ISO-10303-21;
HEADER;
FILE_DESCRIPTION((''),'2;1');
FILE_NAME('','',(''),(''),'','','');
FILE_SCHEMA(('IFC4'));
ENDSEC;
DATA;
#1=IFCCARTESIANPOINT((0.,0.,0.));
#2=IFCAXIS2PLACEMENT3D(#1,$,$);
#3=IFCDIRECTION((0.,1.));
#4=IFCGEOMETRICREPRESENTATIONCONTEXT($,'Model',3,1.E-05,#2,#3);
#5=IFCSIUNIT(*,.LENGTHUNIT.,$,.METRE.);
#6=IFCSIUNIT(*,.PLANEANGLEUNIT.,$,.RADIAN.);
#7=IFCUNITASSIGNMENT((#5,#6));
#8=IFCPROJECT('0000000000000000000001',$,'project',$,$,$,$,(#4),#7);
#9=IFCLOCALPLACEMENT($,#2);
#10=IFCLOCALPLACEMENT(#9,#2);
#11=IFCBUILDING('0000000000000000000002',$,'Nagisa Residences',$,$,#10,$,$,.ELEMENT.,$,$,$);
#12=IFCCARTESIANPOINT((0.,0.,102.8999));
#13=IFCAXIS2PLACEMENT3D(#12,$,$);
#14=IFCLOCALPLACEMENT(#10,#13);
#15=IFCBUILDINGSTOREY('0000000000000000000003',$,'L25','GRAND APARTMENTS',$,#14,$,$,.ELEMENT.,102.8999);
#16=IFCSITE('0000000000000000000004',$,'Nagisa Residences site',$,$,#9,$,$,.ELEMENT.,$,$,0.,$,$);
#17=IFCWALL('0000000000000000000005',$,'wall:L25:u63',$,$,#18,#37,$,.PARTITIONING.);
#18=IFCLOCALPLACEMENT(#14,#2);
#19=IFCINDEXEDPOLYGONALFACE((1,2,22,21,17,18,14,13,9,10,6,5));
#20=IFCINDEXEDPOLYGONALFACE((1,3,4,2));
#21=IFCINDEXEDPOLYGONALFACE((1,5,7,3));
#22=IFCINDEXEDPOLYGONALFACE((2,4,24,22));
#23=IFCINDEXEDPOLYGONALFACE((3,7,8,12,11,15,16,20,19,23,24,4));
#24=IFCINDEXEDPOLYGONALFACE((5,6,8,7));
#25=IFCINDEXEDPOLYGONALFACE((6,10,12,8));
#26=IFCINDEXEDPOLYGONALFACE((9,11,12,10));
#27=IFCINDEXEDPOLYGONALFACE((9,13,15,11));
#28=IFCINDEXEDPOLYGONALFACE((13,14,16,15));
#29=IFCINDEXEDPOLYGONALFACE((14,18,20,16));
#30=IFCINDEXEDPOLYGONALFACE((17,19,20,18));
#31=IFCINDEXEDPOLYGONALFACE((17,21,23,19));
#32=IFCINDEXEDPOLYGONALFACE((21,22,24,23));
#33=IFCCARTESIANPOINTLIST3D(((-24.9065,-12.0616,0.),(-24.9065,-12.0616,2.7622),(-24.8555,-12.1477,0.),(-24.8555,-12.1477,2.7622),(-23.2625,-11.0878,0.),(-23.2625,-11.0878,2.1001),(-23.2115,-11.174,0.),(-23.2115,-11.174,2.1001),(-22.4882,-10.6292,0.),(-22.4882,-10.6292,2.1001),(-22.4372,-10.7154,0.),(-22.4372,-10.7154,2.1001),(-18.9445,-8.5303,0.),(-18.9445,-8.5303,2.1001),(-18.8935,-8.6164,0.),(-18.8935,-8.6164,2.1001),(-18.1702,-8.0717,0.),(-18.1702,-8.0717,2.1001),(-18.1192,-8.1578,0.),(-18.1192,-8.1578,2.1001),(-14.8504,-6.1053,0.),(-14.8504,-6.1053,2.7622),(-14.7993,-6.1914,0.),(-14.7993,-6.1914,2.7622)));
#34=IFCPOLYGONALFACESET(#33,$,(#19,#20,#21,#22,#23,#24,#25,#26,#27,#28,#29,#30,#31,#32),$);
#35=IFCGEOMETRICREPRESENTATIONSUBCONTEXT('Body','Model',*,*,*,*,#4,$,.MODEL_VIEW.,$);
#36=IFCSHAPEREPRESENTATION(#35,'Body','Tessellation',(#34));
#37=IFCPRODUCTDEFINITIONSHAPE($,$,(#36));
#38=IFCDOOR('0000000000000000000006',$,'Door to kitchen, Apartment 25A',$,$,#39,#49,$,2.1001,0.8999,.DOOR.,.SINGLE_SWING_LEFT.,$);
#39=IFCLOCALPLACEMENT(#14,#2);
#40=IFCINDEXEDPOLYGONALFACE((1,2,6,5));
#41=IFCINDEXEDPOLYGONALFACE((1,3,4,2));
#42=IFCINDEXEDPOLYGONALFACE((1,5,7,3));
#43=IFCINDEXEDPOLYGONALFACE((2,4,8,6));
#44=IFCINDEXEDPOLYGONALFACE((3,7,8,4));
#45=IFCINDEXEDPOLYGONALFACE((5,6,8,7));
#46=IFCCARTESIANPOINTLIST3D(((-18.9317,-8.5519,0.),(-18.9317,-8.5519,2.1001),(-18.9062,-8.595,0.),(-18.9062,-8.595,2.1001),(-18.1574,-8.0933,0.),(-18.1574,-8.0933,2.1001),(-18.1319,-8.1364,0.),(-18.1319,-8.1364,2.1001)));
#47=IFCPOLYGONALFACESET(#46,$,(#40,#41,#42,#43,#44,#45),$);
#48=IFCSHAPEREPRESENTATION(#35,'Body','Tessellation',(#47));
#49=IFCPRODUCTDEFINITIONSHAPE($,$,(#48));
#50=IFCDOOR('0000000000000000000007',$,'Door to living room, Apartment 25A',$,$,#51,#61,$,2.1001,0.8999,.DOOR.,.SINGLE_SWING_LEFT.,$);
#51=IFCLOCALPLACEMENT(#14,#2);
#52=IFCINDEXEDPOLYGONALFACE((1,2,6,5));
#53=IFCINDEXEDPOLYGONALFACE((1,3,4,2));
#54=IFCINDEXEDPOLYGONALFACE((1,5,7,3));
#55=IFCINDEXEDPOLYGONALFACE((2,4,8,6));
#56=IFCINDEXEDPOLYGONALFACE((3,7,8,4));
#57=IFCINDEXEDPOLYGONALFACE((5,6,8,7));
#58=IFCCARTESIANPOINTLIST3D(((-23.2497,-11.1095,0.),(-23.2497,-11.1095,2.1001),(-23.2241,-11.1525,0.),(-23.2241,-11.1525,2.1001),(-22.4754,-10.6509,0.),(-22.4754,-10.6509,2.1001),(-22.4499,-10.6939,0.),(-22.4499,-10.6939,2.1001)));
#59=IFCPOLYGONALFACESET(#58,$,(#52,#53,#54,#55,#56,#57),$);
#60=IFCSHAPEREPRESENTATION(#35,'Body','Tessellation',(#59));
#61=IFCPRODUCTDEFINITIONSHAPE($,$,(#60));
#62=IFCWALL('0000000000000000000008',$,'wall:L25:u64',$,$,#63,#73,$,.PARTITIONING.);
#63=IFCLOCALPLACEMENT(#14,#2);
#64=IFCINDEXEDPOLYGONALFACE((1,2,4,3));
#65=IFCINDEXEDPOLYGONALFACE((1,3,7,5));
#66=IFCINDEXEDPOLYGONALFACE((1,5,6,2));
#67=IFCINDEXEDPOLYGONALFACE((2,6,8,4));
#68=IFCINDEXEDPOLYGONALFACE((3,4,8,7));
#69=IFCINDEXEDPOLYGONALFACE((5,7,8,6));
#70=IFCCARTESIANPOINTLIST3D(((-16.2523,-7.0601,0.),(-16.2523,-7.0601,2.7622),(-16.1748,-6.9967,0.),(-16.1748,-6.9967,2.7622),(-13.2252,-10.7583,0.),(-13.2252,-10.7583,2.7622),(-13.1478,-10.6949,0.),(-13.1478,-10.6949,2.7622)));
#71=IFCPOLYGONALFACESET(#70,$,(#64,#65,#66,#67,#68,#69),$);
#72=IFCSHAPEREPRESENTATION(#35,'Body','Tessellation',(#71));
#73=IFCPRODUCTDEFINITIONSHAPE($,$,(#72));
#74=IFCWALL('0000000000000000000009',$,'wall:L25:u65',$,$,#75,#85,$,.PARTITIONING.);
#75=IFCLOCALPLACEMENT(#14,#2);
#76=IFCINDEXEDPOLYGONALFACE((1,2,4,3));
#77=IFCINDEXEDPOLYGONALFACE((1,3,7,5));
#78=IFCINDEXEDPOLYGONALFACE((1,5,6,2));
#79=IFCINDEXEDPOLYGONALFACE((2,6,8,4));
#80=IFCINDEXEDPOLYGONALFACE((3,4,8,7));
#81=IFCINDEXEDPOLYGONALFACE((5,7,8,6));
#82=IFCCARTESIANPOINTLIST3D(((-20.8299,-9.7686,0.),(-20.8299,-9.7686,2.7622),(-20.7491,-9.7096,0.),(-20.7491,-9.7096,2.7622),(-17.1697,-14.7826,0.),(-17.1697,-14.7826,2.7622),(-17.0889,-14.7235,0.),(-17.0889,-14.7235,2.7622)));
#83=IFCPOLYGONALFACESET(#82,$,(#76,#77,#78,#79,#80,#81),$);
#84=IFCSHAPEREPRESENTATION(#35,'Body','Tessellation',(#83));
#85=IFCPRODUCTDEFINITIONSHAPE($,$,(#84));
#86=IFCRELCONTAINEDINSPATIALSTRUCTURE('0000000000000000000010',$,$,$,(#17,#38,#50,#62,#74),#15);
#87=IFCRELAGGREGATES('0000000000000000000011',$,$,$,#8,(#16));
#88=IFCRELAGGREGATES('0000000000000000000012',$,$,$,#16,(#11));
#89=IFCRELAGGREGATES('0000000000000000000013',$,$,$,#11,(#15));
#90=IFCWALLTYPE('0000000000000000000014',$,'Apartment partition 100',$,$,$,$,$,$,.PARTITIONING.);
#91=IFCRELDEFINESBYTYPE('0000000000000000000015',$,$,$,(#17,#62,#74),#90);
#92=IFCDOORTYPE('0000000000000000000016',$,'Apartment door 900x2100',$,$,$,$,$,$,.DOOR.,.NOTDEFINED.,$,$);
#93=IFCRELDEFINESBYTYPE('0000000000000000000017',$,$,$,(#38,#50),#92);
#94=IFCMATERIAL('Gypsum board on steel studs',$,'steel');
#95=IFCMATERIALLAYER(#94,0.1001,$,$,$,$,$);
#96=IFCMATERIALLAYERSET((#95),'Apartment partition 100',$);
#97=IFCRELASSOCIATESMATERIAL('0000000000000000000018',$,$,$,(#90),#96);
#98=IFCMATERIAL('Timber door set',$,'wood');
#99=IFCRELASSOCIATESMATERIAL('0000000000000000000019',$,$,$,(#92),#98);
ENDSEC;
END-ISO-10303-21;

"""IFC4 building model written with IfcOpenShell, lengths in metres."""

from ifc_helpers import new_model, si_unit, direction, frame, frame_2d, origin, place, context, subcontext, project, spatial, rectangle, extrude, material, layer, layer_set, type_object, element, fill, save


model = new_model("IFC4")

# Units and contexts
model_context = context("Model", 3, precision=1e-05, world=origin(), true_north=direction((0.0, 1.0)))
body_context = subcontext(model_context, "Body", "Model", "MODEL_VIEW")
ifc_project = project(units=[si_unit("LENGTHUNIT", "METRE"), si_unit("PLANEANGLEUNIT", "RADIAN")], contexts=[model_context])

# Site, building, storey
site_placement = place(None, origin())
site = spatial("IfcSite", under=ifc_project, at=site_placement, Name="Nagisa Residences site", CompositionType="ELEMENT", RefElevation=0.0)
building_placement = place(site_placement, origin())
building = spatial("IfcBuilding", under=site, at=building_placement, Name="Nagisa Residences", CompositionType="ELEMENT")
storey_placement = place(building_placement, frame((0.0, 0.0, 102.8999)))
storey = spatial("IfcBuildingStorey", under=building, at=storey_placement, Name="L25", Description="GRAND APARTMENTS", CompositionType="ELEMENT", Elevation=102.8999)

# Shared definitions
ifc_material_1 = material(Name="Gypsum board on steel studs", Category="steel")
ifc_layer_1 = layer(ifc_material_1, 0.1001)
ifc_layer_set_1 = layer_set([ifc_layer_1], Name="Apartment partition 100")
wall_type_1 = type_object("IfcWallType", Name="Apartment partition 100", PredefinedType="PARTITIONING", material=ifc_layer_set_1)

# Shared definitions
ifc_material_2 = material(Name="Timber door set", Category="wood")
door_type_1 = type_object("IfcDoorType", Name="Apartment door 900x2100", OperationType="NOTDEFINED", PredefinedType="DOOR", material=ifc_material_2)

# Wall, openings, doors
wall_1_placement = place(storey_placement, frame((-14.825, -6.1484, 0.0), z_axis=(0.0, 0.0, 1.0), x_axis=(-0.8604, -0.509619, 0.0)))
wall_1 = element("IfcWall", 1, at=wall_1_placement, inside=storey, type_object=wall_type_1, Name="wall:L25:u63", PredefinedType="PARTITIONING", context=body_context, shape_type="SweptSolid", body=[
    extrude(rectangle(XDim=11.6877, YDim=0.1001, at=frame_2d((5.8438, 0.0))), origin(), (0.0, 0.0, 1.0), 2.7622),
])
opening_1_placement = place(wall_1_placement, frame((3.8584, 0.0, 0.0)))
opening_1 = element("IfcOpeningElement", 2, at=opening_1_placement, cuts=wall_1, PredefinedType="OPENING", context=body_context, shape_type="SweptSolid", body=[
    extrude(rectangle(XDim=0.8999, YDim=2.1001, at=frame_2d((0.45, 1.05))), frame((0.0, 0.0601, 0.0), z_axis=(0.0, -1.0, 0.0), x_axis=(1.0, 0.0, 0.0)), (0.0, 0.0, 1.0), 0.1201),
])
opening_2_placement = place(wall_1_placement, frame((8.877, 0.0, 0.0)))
opening_2 = element("IfcOpeningElement", 3, at=opening_2_placement, cuts=wall_1, PredefinedType="OPENING", context=body_context, shape_type="SweptSolid", body=[
    extrude(rectangle(XDim=0.8999, YDim=2.1001, at=frame_2d((0.45, 1.05))), frame((0.0, 0.0601, 0.0), z_axis=(0.0, -1.0, 0.0), x_axis=(1.0, 0.0, 0.0)), (0.0, 0.0, 1.0), 0.1201),
])
door_1_placement = place(opening_1_placement, frame((0.8999, 0.0, 0.0), x_axis=(-1.0, 0.0, 0.0)))
door_1 = element("IfcDoor", 4, at=door_1_placement, inside=storey, type_object=door_type_1, Name="Door to kitchen, Apartment 25A", OperationType="SINGLE_SWING_LEFT", OverallHeight=2.1001, OverallWidth=0.8999, PredefinedType="DOOR", context=body_context, shape_type="SweptSolid", body=[
    extrude(rectangle(XDim=0.8999, YDim=2.1001, at=frame_2d((0.45, 1.05))), frame((0.0, 0.0249, 0.0), z_axis=(0.0, -1.0, 0.0), x_axis=(1.0, 0.0, 0.0)), (0.0, 0.0, 1.0), 0.05),
])
fill(opening_1, door_1)
door_2_placement = place(opening_2_placement, frame((0.8999, 0.0, 0.0), x_axis=(-1.0, 0.0, 0.0)))
door_2 = element("IfcDoor", 5, at=door_2_placement, inside=storey, type_object=door_type_1, Name="Door to living room, Apartment 25A", OperationType="SINGLE_SWING_LEFT", OverallHeight=2.1001, OverallWidth=0.8999, PredefinedType="DOOR", context=body_context, shape_type="SweptSolid", body=[
    extrude(rectangle(XDim=0.8999, YDim=2.1001, at=frame_2d((0.45, 1.05))), frame((0.0, 0.0249, 0.0), z_axis=(0.0, -1.0, 0.0), x_axis=(1.0, 0.0, 0.0)), (0.0, 0.0, 1.0), 0.05),
])
fill(opening_2, door_2)

# Walls
wall_2_placement = place(storey_placement, frame((-16.2136, -7.0283, 0.0), z_axis=(0.0, 0.0, 1.0), x_axis=(0.633396, -0.773828, 0.0)))
element("IfcWall", 6, at=wall_2_placement, inside=storey, type_object=wall_type_1, Name="wall:L25:u64", PredefinedType="PARTITIONING", context=body_context, shape_type="SweptSolid", body=[
    extrude(rectangle(XDim=4.7791, YDim=0.1001, at=frame_2d((2.3896, 0.0))), origin(), (0.0, 0.0, 1.0), 2.7622),
])
wall_3_placement = place(storey_placement, frame((-20.7896, -9.739, 0.0), z_axis=(0.0, 0.0, 1.0), x_axis=(0.589611, -0.807687, 0.0)))
element("IfcWall", 7, at=wall_3_placement, inside=storey, type_object=wall_type_1, Name="wall:L25:u65", PredefinedType="PARTITIONING", context=body_context, shape_type="SweptSolid", body=[
    extrude(rectangle(XDim=6.2078, YDim=0.1001, at=frame_2d((3.104, 0.0))), origin(), (0.0, 0.0, 1.0), 2.7622),
])

save(model, "model.ifc")
